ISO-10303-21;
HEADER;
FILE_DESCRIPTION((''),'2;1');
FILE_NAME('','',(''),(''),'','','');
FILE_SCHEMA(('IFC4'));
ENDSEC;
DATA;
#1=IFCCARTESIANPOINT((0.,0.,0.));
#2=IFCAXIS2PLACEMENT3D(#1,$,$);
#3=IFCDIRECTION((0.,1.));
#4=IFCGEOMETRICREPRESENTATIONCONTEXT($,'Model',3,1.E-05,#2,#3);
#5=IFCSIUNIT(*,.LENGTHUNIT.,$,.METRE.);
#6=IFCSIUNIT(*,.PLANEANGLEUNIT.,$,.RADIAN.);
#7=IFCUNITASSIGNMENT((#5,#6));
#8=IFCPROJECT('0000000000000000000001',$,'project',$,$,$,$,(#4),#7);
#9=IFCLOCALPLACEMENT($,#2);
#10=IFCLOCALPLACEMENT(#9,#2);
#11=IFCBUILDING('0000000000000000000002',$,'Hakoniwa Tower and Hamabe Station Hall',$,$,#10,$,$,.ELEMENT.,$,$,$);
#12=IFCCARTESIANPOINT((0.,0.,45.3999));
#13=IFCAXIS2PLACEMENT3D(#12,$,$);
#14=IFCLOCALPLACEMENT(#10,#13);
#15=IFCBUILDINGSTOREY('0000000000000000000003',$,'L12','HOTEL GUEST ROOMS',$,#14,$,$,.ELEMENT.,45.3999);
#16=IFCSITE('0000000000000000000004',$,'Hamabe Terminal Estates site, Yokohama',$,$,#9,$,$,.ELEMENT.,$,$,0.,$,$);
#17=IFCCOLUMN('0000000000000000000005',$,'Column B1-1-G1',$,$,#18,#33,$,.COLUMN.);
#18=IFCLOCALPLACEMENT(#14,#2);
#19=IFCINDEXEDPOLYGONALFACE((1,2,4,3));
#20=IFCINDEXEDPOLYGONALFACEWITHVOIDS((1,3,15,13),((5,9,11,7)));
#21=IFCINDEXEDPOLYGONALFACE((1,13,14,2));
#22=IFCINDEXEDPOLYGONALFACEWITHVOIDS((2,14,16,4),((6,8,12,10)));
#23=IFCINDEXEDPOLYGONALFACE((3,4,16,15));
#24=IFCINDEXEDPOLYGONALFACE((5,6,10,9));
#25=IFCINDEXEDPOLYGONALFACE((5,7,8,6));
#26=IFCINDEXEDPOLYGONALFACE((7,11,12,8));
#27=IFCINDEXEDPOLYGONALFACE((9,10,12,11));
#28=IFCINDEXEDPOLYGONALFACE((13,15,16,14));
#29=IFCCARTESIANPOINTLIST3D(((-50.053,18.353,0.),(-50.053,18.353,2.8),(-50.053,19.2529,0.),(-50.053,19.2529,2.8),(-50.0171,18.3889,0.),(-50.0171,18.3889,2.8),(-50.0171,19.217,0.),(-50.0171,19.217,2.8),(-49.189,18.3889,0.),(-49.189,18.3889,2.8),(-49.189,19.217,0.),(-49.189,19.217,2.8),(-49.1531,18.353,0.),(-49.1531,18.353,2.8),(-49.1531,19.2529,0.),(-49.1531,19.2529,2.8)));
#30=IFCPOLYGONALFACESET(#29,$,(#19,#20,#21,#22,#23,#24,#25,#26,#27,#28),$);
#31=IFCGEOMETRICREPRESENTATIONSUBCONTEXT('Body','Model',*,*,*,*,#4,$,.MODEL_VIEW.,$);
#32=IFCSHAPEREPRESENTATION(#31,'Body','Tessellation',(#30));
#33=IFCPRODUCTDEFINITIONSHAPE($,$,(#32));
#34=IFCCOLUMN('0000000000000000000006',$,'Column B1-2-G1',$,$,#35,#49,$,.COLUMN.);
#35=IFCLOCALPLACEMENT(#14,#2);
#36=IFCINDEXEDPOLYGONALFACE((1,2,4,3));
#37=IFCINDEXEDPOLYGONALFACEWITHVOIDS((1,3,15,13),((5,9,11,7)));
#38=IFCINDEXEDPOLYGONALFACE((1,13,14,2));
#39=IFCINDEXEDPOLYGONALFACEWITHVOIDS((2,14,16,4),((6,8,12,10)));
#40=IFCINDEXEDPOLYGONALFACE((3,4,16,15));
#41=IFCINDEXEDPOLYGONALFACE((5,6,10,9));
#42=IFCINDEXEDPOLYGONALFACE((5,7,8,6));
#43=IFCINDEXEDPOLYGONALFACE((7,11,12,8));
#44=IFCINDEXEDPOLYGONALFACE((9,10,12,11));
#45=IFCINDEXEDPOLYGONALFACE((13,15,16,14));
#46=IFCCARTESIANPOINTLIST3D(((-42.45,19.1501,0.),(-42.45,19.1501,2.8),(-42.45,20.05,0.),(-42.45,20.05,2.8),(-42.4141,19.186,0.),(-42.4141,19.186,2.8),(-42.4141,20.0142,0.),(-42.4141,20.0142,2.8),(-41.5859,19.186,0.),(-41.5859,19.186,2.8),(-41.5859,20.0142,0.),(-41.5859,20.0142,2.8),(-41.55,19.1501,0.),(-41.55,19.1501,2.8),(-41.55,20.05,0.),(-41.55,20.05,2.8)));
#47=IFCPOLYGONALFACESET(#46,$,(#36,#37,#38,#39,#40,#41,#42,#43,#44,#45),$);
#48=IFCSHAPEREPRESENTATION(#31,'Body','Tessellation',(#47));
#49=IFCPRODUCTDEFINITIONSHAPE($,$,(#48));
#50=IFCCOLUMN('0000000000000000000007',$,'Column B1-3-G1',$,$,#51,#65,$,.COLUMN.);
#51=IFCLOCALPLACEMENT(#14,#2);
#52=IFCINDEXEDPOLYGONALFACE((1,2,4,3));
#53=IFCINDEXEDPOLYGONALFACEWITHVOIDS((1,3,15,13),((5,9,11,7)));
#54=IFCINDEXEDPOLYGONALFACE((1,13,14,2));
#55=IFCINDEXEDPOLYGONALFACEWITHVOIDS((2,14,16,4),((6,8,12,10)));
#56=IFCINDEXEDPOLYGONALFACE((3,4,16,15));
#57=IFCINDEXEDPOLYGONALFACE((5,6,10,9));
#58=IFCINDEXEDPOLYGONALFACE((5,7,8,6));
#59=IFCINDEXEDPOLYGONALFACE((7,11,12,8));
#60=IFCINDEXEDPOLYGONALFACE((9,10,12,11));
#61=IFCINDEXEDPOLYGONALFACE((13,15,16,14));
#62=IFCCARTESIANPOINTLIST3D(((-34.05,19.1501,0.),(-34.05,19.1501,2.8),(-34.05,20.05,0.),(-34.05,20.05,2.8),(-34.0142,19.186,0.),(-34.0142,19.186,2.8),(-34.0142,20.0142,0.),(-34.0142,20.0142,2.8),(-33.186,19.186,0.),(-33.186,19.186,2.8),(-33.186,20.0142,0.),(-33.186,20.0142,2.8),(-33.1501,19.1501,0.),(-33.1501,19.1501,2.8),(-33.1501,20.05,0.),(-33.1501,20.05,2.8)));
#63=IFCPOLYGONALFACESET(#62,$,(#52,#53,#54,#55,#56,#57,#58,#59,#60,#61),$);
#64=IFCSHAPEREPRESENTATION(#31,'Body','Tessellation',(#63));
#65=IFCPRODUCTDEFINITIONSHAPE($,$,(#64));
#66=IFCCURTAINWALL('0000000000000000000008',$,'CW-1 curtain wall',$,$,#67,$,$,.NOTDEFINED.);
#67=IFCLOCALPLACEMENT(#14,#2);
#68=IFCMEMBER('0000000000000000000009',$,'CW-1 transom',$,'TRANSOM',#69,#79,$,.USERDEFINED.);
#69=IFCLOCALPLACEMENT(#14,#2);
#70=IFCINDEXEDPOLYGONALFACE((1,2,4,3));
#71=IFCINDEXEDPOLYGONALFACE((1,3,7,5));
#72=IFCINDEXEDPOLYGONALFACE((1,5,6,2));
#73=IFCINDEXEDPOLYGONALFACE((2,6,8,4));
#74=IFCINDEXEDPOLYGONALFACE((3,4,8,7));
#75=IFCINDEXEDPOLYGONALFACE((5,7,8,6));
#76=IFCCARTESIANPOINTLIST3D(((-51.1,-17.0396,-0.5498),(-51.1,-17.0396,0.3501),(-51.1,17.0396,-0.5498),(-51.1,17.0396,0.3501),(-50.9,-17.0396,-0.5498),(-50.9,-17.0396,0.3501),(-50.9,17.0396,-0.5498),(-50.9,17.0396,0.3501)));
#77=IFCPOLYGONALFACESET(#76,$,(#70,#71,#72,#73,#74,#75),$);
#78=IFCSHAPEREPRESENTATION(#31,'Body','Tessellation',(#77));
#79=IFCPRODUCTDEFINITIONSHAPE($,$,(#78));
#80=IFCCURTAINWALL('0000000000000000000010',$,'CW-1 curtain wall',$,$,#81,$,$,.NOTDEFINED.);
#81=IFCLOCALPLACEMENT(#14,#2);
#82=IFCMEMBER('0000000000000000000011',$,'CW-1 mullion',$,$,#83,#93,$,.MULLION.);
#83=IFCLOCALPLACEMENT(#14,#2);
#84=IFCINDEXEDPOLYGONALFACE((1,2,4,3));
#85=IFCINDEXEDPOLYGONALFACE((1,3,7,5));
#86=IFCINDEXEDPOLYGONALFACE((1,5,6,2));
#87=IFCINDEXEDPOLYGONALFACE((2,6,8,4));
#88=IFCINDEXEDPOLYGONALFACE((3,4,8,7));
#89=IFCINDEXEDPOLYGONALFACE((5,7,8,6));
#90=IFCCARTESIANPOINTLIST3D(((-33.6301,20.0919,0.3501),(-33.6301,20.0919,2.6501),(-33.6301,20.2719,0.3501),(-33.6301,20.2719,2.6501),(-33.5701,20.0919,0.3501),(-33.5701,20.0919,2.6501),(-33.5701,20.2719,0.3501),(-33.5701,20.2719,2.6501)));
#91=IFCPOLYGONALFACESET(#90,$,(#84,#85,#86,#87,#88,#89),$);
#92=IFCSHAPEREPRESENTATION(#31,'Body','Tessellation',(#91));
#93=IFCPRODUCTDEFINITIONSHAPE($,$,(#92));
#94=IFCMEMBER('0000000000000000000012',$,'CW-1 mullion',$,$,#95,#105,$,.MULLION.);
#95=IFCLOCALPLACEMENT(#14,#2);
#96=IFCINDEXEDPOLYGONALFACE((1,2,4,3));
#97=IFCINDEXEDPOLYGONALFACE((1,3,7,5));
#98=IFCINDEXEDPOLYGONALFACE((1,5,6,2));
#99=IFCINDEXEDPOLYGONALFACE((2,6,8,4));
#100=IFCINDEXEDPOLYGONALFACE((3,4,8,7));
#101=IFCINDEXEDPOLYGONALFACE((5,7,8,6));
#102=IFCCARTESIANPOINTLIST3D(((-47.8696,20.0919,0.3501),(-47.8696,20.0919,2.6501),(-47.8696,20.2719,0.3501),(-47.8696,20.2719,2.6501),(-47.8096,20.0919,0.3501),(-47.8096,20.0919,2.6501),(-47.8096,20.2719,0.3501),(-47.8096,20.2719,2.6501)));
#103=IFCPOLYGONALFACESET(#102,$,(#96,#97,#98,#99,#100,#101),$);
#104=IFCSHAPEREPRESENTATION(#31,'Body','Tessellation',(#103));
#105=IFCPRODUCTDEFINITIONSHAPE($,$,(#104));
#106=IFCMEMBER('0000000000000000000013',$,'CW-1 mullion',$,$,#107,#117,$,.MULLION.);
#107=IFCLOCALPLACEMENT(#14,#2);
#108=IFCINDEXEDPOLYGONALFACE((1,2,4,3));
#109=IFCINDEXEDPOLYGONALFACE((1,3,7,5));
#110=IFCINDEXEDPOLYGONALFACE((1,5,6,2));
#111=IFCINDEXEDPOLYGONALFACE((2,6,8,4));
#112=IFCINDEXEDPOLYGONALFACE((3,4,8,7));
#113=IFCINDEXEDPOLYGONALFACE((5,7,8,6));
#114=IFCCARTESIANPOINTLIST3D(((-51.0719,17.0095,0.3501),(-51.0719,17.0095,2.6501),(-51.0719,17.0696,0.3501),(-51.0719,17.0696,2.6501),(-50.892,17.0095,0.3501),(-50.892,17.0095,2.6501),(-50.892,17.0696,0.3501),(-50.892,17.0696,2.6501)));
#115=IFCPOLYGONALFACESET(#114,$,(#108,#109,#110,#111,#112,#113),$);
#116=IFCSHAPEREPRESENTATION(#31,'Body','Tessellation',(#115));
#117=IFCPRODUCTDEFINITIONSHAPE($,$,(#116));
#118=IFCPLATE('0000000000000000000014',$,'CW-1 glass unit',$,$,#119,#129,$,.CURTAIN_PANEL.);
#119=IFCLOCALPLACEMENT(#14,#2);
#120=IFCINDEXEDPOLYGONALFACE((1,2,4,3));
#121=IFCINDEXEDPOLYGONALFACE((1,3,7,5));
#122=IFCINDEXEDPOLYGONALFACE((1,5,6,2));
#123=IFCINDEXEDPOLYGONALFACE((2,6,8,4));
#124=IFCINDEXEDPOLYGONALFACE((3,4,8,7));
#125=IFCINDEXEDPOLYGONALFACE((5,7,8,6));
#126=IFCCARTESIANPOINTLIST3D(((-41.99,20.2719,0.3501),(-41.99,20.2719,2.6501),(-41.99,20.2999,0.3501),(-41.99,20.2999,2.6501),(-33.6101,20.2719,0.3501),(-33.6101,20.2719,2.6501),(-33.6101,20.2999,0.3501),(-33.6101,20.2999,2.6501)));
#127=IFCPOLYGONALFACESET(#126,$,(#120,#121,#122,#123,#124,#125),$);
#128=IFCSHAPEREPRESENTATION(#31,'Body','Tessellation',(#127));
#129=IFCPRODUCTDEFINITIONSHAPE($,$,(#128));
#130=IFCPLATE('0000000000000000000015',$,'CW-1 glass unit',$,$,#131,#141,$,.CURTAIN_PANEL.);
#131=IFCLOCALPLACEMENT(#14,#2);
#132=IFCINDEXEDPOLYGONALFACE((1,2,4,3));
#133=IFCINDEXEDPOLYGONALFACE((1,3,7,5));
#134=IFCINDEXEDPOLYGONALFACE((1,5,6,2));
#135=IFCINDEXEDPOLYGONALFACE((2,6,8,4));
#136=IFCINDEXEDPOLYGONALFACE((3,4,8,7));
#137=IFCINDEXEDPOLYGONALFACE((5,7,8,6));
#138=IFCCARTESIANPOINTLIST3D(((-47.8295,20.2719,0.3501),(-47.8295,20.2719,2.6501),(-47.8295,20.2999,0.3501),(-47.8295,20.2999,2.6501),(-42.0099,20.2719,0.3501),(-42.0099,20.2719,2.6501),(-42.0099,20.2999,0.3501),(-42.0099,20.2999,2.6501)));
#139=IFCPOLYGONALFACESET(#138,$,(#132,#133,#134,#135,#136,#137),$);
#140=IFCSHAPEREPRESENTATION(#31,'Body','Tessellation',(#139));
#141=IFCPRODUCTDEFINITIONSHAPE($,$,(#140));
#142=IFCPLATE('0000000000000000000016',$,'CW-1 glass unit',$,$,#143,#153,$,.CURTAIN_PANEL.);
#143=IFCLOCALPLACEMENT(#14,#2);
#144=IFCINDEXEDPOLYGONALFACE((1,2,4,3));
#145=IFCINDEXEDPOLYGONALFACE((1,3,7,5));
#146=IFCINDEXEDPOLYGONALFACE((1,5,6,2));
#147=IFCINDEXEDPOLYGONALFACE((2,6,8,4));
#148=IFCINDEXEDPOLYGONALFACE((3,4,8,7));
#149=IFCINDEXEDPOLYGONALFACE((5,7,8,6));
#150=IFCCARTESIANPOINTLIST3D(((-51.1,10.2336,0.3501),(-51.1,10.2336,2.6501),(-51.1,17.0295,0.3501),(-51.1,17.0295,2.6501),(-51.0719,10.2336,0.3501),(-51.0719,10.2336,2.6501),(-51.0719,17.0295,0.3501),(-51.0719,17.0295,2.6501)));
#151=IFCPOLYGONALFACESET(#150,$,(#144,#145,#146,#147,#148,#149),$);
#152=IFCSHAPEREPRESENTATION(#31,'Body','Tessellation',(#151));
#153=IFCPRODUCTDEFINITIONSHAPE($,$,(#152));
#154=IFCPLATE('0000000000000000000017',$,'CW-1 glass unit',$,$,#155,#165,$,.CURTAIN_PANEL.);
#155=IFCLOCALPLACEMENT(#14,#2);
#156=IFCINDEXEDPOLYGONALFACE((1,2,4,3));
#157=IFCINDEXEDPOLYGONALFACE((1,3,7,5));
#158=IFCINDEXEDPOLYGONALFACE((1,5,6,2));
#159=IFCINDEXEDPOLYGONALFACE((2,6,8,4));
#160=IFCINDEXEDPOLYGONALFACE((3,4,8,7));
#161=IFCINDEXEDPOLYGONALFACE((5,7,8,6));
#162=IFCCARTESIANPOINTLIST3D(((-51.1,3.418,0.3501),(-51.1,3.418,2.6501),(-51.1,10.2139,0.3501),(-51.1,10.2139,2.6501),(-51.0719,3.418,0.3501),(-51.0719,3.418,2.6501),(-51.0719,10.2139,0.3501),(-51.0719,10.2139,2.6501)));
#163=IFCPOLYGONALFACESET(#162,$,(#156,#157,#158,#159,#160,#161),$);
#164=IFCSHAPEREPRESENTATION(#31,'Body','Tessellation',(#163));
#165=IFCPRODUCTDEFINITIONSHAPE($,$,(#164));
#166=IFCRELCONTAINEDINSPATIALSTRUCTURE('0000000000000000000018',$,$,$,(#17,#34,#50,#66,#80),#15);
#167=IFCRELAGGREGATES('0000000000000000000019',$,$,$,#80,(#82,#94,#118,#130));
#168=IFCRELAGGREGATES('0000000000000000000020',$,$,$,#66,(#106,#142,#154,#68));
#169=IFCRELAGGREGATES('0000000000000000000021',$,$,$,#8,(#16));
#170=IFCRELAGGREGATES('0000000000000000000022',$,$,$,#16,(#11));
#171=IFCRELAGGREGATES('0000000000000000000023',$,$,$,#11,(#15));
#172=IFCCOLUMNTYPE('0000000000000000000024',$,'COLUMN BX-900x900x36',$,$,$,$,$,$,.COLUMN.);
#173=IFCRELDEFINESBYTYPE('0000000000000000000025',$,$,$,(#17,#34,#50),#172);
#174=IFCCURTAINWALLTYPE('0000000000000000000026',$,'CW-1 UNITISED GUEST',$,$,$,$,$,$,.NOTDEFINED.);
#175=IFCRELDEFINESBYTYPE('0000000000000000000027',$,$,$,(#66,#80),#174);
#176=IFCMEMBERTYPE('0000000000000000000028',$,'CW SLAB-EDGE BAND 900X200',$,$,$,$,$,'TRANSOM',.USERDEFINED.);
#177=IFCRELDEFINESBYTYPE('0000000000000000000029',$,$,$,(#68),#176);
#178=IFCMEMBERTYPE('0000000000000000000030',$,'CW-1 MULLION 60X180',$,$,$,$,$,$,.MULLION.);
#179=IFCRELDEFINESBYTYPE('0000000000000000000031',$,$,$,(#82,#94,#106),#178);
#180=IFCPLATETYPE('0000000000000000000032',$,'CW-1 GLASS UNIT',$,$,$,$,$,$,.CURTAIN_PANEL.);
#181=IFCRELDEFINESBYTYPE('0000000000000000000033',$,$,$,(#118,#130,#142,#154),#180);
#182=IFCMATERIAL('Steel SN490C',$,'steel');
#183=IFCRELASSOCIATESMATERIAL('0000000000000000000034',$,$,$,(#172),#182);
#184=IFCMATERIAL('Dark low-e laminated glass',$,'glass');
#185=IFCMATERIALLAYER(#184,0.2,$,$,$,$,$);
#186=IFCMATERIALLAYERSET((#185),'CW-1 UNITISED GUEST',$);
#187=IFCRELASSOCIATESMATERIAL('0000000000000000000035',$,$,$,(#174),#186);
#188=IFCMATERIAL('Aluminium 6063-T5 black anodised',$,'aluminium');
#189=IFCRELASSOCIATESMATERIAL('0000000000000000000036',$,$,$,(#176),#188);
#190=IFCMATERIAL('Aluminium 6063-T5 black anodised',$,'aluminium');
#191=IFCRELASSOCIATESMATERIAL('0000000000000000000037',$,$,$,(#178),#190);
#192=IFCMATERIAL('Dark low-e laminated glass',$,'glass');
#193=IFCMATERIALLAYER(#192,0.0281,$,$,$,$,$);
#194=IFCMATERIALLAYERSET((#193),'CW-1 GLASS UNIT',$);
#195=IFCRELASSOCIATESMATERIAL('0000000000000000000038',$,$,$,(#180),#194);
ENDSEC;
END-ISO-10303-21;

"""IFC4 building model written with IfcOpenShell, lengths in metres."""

from ifc_helpers import new_model, si_unit, direction, frame, origin, origin_2d, place, context, subcontext, project, spatial, rectangle, hollow_rectangle, extrude, material, layer, layer_set, material_profile, profile_set, type_object, element, aggregate, save


model = new_model("IFC4")

# Units and contexts
model_context = context("Model", 3, precision=1e-05, world=origin(), true_north=direction((0.0, 1.0)))
body_context = subcontext(model_context, "Body", "Model", "MODEL_VIEW")
ifc_project = project(units=[si_unit("LENGTHUNIT", "METRE"), si_unit("PLANEANGLEUNIT", "RADIAN")], contexts=[model_context])

# Site, building, storey
site_placement = place(None, origin())
site = spatial("IfcSite", under=ifc_project, at=site_placement, Name="Hamabe Terminal Estates site, Yokohama", CompositionType="ELEMENT", RefElevation=0.0)
building_placement = place(site_placement, origin())
building = spatial("IfcBuilding", under=site, at=building_placement, Name="Hakoniwa Tower and Hamabe Station Hall", CompositionType="ELEMENT")
storey_placement = place(building_placement, frame((0.0, 0.0, 45.3999)))
storey = spatial("IfcBuildingStorey", under=building, at=storey_placement, Name="L12", Description="HOTEL GUEST ROOMS", CompositionType="ELEMENT", Elevation=45.3999)

# Columns
ifc_material_1 = material(Name="Steel SN490C", Category="steel")
ifc_material_profile_1 = material_profile(ifc_material_1, hollow_rectangle(XDim=0.8999, YDim=0.8999, WallThickness=0.0359, at=origin_2d()), Name="BX-900x900x36")
ifc_profile_set_1 = profile_set([ifc_material_profile_1], Name="Steel SN490C")
column_type = type_object("IfcColumnType", Name="COLUMN BX-900x900x36", PredefinedType="COLUMN", material=ifc_profile_set_1)
for number, where, z_axis, x_axis, name in (
    (1, (-49.603, 18.803, 0.0), (0.0, 0.0, 1.0), (1.0, 0.0, 0.0), "Column B1-1-G1"),
    (2, (-42.0, 19.6001, 0.0), (0.0, 0.0, 1.0), (1.0, 0.0, 0.0), "Column B1-2-G1"),
    (3, (-33.6001, 19.6001, 0.0), (0.0, 0.0, 1.0), (1.0, 0.0, 0.0), "Column B1-3-G1"),
):
    element("IfcColumn", number, at=place(storey_placement, frame(where, z_axis=z_axis, x_axis=x_axis)), inside=storey, type_object=column_type, Name=name, PredefinedType="COLUMN", context=body_context, shape_type="SweptSolid", body=[
        extrude(hollow_rectangle(XDim=0.8999, YDim=0.8999, WallThickness=0.0359, at=origin_2d()), origin(), (0.0, 0.0, 1.0), 2.8),
    ])

# Curtain wall, member
ifc_material_2 = material(Name="Dark low-e laminated glass", Category="glass")
ifc_layer_1 = layer(ifc_material_2, 0.2)
ifc_layer_set_1 = layer_set([ifc_layer_1], Name="CW-1 UNITISED GUEST")
curtain_wall_type = type_object("IfcCurtainWallType", Name="CW-1 UNITISED GUEST", PredefinedType="NOTDEFINED", material=ifc_layer_set_1)
curtain_wall_1_placement = place(storey_placement, origin())
curtain_wall_1 = element("IfcCurtainWall", 4, at=curtain_wall_1_placement, inside=storey, type_object=curtain_wall_type, Name="CW-1 curtain wall", PredefinedType="NOTDEFINED")
ifc_material_3 = material(Name="Aluminium 6063-T5 black anodised", Category="aluminium")
ifc_material_profile_2 = material_profile(ifc_material_3, rectangle(XDim=0.2, YDim=0.8999, at=origin_2d()), Name="CW SLAB-EDGE BAND 900X200")
ifc_profile_set_2 = profile_set([ifc_material_profile_2], Name="Aluminium 6063-T5 black anodised")
member_type_1 = type_object("IfcMemberType", Name="CW SLAB-EDGE BAND 900X200", ElementType="TRANSOM", PredefinedType="USERDEFINED", material=ifc_profile_set_2)
member_1_placement = place(storey_placement, frame((-51.0, 17.0396, -0.0999), z_axis=(0.0, -1.0, 0.0), x_axis=(1.0, 0.0, 0.0)))
member_1 = element("IfcMember", 5, at=member_1_placement, type_object=member_type_1, Name="CW-1 transom", ObjectType="TRANSOM", PredefinedType="USERDEFINED", context=body_context, shape_type="SweptSolid", body=[
    extrude(rectangle(XDim=0.2, YDim=0.8999, at=origin_2d()), origin(), (0.0, 0.0, 1.0), 34.0791),
])

# Curtain wall, members
curtain_wall_2_placement = place(storey_placement, origin())
curtain_wall_2 = element("IfcCurtainWall", 6, at=curtain_wall_2_placement, inside=storey, type_object=curtain_wall_type, Name="CW-1 curtain wall", PredefinedType="NOTDEFINED")
ifc_material_4 = material(Name="Aluminium 6063-T5 black anodised", Category="aluminium")
ifc_material_profile_3 = material_profile(ifc_material_4, rectangle(XDim=0.0601, YDim=0.1799, at=origin_2d()), Name="CW-1 MULLION 60X180")
ifc_profile_set_3 = profile_set([ifc_material_profile_3], Name="Aluminium 6063-T5 black anodised")
member_type_2 = type_object("IfcMemberType", Name="CW-1 MULLION 60X180", PredefinedType="MULLION", material=ifc_profile_set_3)
member_2_placement = place(storey_placement, frame((-33.6001, 20.1819, 0.3501), z_axis=(0.0, 0.0, 1.0), x_axis=(-1.0, 0.0, 0.0)))
member_2 = element("IfcMember", 7, at=member_2_placement, type_object=member_type_2, Name="CW-1 mullion", PredefinedType="MULLION", context=body_context, shape_type="SweptSolid", body=[
    extrude(rectangle(XDim=0.0601, YDim=0.1799, at=origin_2d()), origin(), (0.0, 0.0, 1.0), 2.3),
])
member_3_placement = place(storey_placement, frame((-47.8396, 20.1819, 0.3501), z_axis=(0.0, 0.0, 1.0), x_axis=(-1.0, 0.0, 0.0)))
member_3 = element("IfcMember", 8, at=member_3_placement, type_object=member_type_2, Name="CW-1 mullion", PredefinedType="MULLION", context=body_context, shape_type="SweptSolid", body=[
    extrude(rectangle(XDim=0.0601, YDim=0.1799, at=origin_2d()), origin(), (0.0, 0.0, 1.0), 2.3),
])

# Member
member_4_placement = place(storey_placement, frame((-50.9819, 17.0396, 0.3501), z_axis=(0.0, 0.0, 1.0), x_axis=(0.0, -1.0, 0.0)))
member_4 = element("IfcMember", 9, at=member_4_placement, type_object=member_type_2, Name="CW-1 mullion", PredefinedType="MULLION", context=body_context, shape_type="SweptSolid", body=[
    extrude(rectangle(XDim=0.0601, YDim=0.1799, at=origin_2d()), origin(), (0.0, 0.0, 1.0), 2.3),
])

# Plates
ifc_material_5 = material(Name="Dark low-e laminated glass", Category="glass")
ifc_layer_2 = layer(ifc_material_5, 0.0281)
ifc_layer_set_2 = layer_set([ifc_layer_2], Name="CW-1 GLASS UNIT")
plate_type = type_object("IfcPlateType", Name="CW-1 GLASS UNIT", PredefinedType="CURTAIN_PANEL", material=ifc_layer_set_2)
plate_1_placement = place(storey_placement, frame((-37.8, 20.2859, 0.3501), z_axis=(0.0, 0.0, 1.0), x_axis=(-1.0, 0.0, 0.0)))
plate_1 = element("IfcPlate", 10, at=plate_1_placement, type_object=plate_type, Name="CW-1 glass unit", PredefinedType="CURTAIN_PANEL", context=body_context, shape_type="SweptSolid", body=[
    extrude(rectangle(XDim=8.3799, YDim=0.0281, at=origin_2d()), origin(), (0.0, 0.0, 1.0), 2.3),
])
plate_2_placement = place(storey_placement, frame((-44.9197, 20.2859, 0.3501), z_axis=(0.0, 0.0, 1.0), x_axis=(-1.0, 0.0, 0.0)))
plate_2 = element("IfcPlate", 11, at=plate_2_placement, type_object=plate_type, Name="CW-1 glass unit", PredefinedType="CURTAIN_PANEL", context=body_context, shape_type="SweptSolid", body=[
    extrude(rectangle(XDim=5.8196, YDim=0.0281, at=origin_2d()), origin(), (0.0, 0.0, 1.0), 2.3),
])
aggregate(curtain_wall_2, [member_2, member_3, plate_1, plate_2])
plate_3_placement = place(storey_placement, frame((-51.0859, 13.6316, 0.3501), z_axis=(0.0, 0.0, 1.0), x_axis=(0.0, -1.0, 0.0)))
plate_3 = element("IfcPlate", 12, at=plate_3_placement, type_object=plate_type, Name="CW-1 glass unit", PredefinedType="CURTAIN_PANEL", context=body_context, shape_type="SweptSolid", body=[
    extrude(rectangle(XDim=6.7959, YDim=0.0281, at=origin_2d()), origin(), (0.0, 0.0, 1.0), 2.3),
])
plate_4_placement = place(storey_placement, frame((-51.0859, 6.8159, 0.3501), z_axis=(0.0, 0.0, 1.0), x_axis=(0.0, -1.0, 0.0)))
plate_4 = element("IfcPlate", 13, at=plate_4_placement, type_object=plate_type, Name="CW-1 glass unit", PredefinedType="CURTAIN_PANEL", context=body_context, shape_type="SweptSolid", body=[
    extrude(rectangle(XDim=6.7959, YDim=0.0281, at=origin_2d()), origin(), (0.0, 0.0, 1.0), 2.3),
])
aggregate(curtain_wall_1, [member_4, plate_3, plate_4, member_1])

save(model, "model.ifc")
